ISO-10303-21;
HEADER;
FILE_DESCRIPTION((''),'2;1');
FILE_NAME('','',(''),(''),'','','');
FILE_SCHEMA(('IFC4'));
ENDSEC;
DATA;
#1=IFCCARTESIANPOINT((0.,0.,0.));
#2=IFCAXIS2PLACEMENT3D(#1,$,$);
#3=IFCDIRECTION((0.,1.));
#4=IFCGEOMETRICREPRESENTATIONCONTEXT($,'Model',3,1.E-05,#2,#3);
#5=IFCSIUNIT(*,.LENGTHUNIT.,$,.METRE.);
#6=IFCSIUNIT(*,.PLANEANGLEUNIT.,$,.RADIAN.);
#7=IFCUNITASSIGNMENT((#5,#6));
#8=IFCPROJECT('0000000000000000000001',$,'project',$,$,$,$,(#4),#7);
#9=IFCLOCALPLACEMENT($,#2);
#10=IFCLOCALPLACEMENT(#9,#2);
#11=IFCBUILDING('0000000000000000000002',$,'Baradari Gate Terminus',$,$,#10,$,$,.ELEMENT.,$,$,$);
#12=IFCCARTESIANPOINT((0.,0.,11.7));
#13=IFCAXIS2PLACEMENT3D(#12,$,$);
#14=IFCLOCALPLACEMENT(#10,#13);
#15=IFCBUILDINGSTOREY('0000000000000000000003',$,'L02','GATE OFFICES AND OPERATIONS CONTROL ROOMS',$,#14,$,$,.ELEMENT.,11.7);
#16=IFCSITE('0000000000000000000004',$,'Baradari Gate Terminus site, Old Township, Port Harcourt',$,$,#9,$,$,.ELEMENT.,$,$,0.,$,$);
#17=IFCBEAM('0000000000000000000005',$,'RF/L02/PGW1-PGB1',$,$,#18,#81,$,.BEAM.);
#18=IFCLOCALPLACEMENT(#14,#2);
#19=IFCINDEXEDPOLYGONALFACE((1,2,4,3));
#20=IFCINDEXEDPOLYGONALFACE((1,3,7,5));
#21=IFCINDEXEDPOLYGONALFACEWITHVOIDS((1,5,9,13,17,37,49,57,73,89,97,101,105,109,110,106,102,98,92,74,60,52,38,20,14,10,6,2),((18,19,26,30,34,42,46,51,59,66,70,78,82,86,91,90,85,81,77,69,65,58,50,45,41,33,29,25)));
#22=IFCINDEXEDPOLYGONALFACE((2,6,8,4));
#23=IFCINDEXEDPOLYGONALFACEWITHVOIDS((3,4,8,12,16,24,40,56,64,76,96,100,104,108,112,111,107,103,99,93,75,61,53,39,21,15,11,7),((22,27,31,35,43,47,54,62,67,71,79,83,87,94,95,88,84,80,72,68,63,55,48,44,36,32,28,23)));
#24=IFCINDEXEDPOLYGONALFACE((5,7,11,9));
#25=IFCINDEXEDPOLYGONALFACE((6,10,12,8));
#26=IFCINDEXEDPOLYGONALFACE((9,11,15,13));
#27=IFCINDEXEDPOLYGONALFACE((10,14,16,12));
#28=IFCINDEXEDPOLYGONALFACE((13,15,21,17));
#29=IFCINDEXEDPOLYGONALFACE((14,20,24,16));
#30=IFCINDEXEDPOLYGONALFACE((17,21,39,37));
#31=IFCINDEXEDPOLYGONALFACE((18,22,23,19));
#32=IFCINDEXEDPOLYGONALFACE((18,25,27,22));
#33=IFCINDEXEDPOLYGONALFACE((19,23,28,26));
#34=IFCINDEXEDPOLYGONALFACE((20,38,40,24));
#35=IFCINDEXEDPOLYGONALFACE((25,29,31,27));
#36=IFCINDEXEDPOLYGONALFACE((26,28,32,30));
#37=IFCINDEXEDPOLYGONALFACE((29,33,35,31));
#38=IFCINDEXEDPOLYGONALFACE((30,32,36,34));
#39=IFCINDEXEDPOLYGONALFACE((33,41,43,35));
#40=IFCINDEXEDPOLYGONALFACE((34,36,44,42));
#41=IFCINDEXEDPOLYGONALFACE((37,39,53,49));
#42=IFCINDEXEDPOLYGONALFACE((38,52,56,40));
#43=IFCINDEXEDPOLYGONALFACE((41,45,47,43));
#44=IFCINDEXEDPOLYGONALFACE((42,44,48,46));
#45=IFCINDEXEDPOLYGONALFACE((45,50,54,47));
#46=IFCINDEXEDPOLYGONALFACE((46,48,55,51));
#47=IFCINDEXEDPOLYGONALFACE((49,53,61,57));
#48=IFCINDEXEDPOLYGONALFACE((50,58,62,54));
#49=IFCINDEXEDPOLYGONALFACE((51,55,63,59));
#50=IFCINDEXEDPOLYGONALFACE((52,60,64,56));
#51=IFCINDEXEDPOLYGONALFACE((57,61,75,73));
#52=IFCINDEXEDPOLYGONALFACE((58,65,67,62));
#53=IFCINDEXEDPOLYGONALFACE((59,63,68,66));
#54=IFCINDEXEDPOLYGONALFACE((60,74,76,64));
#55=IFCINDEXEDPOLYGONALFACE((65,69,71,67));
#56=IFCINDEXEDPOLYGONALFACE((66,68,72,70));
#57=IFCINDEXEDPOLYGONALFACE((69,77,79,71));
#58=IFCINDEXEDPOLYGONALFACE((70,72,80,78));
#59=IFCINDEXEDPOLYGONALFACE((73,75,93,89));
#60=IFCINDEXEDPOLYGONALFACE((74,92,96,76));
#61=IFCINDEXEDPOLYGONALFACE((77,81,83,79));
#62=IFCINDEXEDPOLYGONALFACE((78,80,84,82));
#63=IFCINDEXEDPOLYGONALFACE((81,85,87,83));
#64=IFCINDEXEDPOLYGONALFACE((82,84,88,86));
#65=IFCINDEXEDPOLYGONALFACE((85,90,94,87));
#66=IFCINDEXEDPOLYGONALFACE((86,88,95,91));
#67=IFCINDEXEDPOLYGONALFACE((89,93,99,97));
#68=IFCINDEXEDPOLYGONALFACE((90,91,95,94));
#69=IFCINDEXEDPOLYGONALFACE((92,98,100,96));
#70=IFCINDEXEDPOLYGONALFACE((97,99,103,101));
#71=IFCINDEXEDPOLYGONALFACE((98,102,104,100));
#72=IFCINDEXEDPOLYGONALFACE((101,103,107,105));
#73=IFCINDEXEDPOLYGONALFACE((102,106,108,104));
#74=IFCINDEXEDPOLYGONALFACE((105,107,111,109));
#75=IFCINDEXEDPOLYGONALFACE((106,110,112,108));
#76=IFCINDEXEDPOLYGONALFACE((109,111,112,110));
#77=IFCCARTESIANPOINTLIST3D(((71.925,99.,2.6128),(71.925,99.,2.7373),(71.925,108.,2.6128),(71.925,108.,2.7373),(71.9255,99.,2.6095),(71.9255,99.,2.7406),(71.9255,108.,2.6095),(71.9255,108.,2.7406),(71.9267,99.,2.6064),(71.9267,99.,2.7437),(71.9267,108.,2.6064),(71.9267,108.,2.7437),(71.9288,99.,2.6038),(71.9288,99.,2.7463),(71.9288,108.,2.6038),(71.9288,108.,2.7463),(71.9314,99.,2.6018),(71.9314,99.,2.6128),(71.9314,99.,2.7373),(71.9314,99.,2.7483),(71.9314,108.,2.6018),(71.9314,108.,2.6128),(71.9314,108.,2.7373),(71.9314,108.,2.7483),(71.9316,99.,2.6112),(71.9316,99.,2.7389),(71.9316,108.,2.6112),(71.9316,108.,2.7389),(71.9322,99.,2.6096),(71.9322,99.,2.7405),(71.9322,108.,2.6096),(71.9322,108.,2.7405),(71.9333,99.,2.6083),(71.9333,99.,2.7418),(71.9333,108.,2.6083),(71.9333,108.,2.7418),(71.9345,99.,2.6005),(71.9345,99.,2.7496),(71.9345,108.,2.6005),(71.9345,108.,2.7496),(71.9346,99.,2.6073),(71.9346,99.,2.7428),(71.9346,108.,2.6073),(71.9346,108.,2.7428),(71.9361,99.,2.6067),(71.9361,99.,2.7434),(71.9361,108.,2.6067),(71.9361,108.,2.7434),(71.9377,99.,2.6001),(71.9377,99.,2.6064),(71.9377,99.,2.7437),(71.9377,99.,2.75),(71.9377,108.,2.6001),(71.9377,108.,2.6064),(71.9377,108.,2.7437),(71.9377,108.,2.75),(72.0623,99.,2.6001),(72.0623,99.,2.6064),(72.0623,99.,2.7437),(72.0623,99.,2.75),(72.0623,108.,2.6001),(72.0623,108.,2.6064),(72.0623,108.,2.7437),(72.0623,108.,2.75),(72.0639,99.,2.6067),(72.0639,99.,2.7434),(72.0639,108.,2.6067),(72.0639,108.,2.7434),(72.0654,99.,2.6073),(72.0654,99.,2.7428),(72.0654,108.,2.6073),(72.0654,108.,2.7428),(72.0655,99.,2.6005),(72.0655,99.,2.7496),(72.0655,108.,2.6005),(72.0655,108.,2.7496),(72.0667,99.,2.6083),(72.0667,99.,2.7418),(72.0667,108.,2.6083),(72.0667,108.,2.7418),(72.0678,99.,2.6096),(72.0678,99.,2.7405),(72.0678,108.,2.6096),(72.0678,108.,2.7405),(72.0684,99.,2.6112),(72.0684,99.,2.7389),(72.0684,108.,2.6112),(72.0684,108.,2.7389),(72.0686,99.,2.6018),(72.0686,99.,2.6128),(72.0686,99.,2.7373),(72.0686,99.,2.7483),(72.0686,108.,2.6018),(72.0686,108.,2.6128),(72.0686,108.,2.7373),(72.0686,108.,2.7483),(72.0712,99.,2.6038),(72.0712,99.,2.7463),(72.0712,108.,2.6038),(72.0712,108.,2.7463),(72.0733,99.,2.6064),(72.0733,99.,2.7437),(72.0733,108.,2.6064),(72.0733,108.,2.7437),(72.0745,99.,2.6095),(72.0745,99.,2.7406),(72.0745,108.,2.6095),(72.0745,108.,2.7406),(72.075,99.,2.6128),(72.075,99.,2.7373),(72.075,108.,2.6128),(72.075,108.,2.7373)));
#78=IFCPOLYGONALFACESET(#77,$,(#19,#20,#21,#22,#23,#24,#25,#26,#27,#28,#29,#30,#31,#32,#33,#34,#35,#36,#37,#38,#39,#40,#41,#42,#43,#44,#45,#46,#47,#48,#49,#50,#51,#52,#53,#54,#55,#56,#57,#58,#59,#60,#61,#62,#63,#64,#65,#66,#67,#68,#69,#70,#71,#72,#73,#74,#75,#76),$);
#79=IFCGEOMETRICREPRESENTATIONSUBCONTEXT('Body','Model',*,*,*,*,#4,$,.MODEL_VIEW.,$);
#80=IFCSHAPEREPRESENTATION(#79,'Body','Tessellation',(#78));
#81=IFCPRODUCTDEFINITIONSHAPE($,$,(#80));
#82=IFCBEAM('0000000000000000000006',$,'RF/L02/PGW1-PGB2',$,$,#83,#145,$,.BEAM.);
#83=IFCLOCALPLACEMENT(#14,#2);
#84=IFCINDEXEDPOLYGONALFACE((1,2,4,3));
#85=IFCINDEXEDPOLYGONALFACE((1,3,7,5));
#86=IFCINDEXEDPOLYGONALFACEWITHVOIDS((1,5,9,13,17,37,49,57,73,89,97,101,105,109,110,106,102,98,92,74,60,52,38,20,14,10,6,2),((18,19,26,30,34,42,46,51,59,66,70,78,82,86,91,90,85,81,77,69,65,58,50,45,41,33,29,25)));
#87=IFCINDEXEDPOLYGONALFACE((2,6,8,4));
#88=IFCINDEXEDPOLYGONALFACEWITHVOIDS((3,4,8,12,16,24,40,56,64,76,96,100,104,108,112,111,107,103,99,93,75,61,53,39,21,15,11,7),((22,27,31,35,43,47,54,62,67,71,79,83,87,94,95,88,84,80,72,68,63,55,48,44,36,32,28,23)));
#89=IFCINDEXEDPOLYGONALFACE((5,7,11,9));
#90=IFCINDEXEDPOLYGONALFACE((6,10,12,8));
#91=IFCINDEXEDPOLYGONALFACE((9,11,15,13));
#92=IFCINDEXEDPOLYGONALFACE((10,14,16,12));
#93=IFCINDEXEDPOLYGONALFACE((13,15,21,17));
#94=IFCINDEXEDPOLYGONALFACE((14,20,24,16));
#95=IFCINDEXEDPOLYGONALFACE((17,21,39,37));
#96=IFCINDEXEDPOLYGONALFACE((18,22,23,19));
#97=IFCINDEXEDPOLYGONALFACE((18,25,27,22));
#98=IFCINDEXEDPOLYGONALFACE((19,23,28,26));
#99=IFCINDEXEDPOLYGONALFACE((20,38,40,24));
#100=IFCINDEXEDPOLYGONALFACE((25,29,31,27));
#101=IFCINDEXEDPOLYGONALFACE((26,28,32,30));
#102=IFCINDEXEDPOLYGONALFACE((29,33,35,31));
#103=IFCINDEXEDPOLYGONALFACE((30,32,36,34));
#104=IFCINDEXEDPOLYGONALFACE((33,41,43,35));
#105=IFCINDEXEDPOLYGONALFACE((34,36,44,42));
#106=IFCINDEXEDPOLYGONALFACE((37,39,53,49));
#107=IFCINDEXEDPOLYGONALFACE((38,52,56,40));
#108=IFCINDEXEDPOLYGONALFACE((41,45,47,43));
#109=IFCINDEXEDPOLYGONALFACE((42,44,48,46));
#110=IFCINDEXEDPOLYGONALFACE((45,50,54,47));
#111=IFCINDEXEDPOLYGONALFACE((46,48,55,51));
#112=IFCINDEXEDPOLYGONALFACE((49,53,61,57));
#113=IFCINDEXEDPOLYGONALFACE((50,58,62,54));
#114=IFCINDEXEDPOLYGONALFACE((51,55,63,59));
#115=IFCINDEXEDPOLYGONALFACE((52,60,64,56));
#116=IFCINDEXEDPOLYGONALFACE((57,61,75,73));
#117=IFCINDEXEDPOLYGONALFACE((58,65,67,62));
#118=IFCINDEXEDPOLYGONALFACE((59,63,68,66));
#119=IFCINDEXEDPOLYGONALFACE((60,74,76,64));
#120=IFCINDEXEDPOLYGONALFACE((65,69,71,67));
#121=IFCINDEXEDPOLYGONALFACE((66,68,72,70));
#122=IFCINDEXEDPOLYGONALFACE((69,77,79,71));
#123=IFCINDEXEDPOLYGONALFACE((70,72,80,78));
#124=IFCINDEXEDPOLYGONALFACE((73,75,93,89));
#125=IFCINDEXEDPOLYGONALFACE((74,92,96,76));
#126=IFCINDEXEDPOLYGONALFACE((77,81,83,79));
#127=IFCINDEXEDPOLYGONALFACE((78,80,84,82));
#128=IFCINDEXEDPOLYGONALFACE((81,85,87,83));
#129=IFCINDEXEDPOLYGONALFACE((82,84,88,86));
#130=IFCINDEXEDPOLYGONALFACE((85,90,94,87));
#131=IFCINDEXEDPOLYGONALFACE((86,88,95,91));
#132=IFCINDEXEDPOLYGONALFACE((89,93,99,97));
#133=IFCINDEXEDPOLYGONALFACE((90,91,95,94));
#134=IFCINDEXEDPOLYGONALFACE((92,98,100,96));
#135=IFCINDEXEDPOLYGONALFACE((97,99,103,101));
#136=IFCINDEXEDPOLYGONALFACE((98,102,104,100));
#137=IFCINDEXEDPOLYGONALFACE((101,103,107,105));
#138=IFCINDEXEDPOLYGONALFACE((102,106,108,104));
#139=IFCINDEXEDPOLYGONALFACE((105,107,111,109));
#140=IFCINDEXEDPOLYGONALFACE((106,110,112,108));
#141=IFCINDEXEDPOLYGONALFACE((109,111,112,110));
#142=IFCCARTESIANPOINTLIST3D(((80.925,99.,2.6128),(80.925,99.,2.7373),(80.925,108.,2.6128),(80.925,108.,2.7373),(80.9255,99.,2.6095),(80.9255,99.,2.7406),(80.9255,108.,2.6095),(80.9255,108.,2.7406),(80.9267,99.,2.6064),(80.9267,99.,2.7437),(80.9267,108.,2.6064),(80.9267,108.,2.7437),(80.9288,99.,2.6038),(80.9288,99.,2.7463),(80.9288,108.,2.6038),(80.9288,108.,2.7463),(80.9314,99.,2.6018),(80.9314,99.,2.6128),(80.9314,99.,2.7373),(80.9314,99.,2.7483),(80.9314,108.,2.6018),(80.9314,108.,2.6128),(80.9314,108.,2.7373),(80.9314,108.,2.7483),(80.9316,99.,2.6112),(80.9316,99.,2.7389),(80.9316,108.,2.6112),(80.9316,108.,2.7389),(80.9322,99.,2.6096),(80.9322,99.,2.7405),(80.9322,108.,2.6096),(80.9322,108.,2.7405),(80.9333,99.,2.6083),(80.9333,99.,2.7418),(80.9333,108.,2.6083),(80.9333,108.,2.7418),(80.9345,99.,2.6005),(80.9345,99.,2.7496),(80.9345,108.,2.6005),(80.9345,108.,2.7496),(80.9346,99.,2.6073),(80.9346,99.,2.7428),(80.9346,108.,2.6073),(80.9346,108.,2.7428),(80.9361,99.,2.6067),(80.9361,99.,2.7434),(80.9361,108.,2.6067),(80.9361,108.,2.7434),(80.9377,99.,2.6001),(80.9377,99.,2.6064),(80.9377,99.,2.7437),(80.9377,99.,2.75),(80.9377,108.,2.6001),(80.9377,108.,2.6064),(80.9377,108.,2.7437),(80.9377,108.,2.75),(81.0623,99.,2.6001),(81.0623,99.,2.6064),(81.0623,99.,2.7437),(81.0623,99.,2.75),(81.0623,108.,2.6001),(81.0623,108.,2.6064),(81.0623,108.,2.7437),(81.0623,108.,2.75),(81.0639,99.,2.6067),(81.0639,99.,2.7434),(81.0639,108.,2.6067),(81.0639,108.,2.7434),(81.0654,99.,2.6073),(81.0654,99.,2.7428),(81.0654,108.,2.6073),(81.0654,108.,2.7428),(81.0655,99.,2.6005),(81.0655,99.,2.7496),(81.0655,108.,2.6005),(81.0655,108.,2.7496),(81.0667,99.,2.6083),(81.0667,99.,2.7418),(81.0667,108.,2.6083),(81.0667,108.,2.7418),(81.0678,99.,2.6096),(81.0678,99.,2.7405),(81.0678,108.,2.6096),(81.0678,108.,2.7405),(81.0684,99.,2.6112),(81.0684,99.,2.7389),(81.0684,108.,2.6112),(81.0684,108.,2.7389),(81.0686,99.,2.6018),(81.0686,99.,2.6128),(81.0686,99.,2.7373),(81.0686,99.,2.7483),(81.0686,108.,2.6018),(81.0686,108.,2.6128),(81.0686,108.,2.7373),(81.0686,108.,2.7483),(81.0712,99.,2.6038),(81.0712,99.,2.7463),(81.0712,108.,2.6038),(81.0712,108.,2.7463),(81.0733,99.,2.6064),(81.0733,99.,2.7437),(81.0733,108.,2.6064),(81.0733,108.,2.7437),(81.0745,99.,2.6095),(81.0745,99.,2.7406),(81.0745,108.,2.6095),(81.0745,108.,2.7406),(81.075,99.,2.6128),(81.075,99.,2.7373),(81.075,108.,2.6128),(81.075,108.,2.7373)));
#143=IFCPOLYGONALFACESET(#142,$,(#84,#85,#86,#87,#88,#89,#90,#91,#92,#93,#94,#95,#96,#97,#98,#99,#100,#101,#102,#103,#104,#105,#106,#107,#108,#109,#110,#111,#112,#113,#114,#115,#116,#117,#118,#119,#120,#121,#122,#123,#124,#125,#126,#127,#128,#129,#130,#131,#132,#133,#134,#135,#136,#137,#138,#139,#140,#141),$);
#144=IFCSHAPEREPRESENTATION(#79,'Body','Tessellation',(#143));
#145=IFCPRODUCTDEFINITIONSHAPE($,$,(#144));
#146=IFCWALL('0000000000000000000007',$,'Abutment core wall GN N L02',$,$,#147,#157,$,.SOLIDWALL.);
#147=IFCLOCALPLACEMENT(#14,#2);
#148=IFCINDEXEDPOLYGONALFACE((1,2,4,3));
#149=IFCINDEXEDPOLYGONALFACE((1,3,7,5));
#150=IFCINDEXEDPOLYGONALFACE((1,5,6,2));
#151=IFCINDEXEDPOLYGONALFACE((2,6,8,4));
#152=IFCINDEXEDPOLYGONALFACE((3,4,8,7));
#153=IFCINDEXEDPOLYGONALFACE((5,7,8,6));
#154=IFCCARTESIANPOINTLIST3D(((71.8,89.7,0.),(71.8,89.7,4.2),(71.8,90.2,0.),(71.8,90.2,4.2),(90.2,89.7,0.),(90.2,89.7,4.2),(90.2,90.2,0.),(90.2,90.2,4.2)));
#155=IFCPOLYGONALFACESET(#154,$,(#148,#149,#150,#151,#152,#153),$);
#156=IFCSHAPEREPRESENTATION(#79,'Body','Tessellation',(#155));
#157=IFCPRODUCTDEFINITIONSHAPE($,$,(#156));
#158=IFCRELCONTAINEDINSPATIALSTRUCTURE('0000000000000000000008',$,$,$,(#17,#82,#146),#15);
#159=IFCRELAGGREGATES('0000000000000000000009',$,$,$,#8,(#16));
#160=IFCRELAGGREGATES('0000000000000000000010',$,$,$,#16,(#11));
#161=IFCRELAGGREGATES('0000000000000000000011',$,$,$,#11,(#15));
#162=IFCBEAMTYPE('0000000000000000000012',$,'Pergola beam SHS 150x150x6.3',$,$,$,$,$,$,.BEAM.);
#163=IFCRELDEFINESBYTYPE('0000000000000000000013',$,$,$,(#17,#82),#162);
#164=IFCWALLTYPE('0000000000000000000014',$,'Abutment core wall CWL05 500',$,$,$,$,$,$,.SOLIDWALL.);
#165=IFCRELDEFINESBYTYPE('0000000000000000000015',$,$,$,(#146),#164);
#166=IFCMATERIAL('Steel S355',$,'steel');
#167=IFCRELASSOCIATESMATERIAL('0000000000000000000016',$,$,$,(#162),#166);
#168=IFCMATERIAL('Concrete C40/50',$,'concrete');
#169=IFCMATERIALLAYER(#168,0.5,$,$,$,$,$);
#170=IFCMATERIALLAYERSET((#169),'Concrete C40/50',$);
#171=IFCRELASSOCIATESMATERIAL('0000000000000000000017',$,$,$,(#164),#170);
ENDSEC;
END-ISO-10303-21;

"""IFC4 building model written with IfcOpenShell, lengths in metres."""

from ifc_helpers import new_model, si_unit, direction, frame, frame_2d, origin, origin_2d, place, context, subcontext, project, spatial, rectangle, hollow_rectangle, extrude, material, layer, layer_set, material_profile, profile_set, type_object, element, save


model = new_model("IFC4")

# Units and contexts
model_context = context("Model", 3, precision=1e-05, world=origin(), true_north=direction((0.0, 1.0)))
body_context = subcontext(model_context, "Body", "Model", "MODEL_VIEW")
ifc_project = project(units=[si_unit("LENGTHUNIT", "METRE"), si_unit("PLANEANGLEUNIT", "RADIAN")], contexts=[model_context])

# Site, building, storey
site_placement = place(None, origin())
site = spatial("IfcSite", under=ifc_project, at=site_placement, Name="Baradari Gate Terminus site, Old Township, Port Harcourt", CompositionType="ELEMENT", RefElevation=0.0)
building_placement = place(site_placement, origin())
building = spatial("IfcBuilding", under=site, at=building_placement, Name="Baradari Gate Terminus", CompositionType="ELEMENT")
storey_placement = place(building_placement, frame((0.0, 0.0, 11.7)))
storey = spatial("IfcBuildingStorey", under=building, at=storey_placement, Name="L02", Description="GATE OFFICES AND OPERATIONS CONTROL ROOMS", CompositionType="ELEMENT", Elevation=11.7)

# Beams
ifc_material_1 = material(Name="Steel S355", Category="steel")
ifc_material_profile_1 = material_profile(ifc_material_1, hollow_rectangle(XDim=0.1499, YDim=0.1499, WallThickness=0.0063, InnerFilletRadius=0.0063, OuterFilletRadius=0.0127, at=origin_2d()), Name="SHS 150x150x6.3")
ifc_profile_set_1 = profile_set([ifc_material_profile_1], Name="Steel S355")
beam_type_1 = type_object("IfcBeamType", Name="Pergola beam SHS 150x150x6.3", PredefinedType="BEAM", material=ifc_profile_set_1)
for number, where, z_axis, x_axis, name in (
    (1, (72.0, 99.0, 2.675), (0.0, 1.0, 0.0), (-1.0, 0.0, 0.0), "RF/L02/PGW1-PGB1"),
    (2, (81.0, 99.0, 2.675), (0.0, 1.0, 0.0), (-1.0, 0.0, 0.0), "RF/L02/PGW1-PGB2"),
):
    element("IfcBeam", number, at=place(storey_placement, frame(where, z_axis=z_axis, x_axis=x_axis)), inside=storey, type_object=beam_type_1, Name=name, PredefinedType="BEAM", context=body_context, shape_type="SweptSolid", body=[
        extrude(hollow_rectangle(XDim=0.1499, YDim=0.1499, WallThickness=0.0063, InnerFilletRadius=0.0063, OuterFilletRadius=0.0127, at=origin_2d()), origin(), (0.0, 0.0, 1.0), 9.0),
    ])

# Wall
ifc_material_2 = material(Name="Concrete C40/50", Category="concrete")
ifc_layer_1 = layer(ifc_material_2, 0.5)
ifc_layer_set_1 = layer_set([ifc_layer_1], Name="Concrete C40/50")
wall_type_1 = type_object("IfcWallType", Name="Abutment core wall CWL05 500", PredefinedType="SOLIDWALL", material=ifc_layer_set_1)
wall_1_placement = place(storey_placement, frame((71.8, 89.95, 0.0), z_axis=(0.0, 0.0, 1.0), x_axis=(1.0, 0.0, 0.0)))
element("IfcWall", 3, at=wall_1_placement, inside=storey, type_object=wall_type_1, Name="Abutment core wall GN N L02", PredefinedType="SOLIDWALL", context=body_context, shape_type="SweptSolid", body=[
    extrude(rectangle(XDim=18.3999, YDim=0.5, at=frame_2d((9.2, 0.0))), origin(), (0.0, 0.0, 1.0), 4.2),
])

save(model, "model.ifc")
